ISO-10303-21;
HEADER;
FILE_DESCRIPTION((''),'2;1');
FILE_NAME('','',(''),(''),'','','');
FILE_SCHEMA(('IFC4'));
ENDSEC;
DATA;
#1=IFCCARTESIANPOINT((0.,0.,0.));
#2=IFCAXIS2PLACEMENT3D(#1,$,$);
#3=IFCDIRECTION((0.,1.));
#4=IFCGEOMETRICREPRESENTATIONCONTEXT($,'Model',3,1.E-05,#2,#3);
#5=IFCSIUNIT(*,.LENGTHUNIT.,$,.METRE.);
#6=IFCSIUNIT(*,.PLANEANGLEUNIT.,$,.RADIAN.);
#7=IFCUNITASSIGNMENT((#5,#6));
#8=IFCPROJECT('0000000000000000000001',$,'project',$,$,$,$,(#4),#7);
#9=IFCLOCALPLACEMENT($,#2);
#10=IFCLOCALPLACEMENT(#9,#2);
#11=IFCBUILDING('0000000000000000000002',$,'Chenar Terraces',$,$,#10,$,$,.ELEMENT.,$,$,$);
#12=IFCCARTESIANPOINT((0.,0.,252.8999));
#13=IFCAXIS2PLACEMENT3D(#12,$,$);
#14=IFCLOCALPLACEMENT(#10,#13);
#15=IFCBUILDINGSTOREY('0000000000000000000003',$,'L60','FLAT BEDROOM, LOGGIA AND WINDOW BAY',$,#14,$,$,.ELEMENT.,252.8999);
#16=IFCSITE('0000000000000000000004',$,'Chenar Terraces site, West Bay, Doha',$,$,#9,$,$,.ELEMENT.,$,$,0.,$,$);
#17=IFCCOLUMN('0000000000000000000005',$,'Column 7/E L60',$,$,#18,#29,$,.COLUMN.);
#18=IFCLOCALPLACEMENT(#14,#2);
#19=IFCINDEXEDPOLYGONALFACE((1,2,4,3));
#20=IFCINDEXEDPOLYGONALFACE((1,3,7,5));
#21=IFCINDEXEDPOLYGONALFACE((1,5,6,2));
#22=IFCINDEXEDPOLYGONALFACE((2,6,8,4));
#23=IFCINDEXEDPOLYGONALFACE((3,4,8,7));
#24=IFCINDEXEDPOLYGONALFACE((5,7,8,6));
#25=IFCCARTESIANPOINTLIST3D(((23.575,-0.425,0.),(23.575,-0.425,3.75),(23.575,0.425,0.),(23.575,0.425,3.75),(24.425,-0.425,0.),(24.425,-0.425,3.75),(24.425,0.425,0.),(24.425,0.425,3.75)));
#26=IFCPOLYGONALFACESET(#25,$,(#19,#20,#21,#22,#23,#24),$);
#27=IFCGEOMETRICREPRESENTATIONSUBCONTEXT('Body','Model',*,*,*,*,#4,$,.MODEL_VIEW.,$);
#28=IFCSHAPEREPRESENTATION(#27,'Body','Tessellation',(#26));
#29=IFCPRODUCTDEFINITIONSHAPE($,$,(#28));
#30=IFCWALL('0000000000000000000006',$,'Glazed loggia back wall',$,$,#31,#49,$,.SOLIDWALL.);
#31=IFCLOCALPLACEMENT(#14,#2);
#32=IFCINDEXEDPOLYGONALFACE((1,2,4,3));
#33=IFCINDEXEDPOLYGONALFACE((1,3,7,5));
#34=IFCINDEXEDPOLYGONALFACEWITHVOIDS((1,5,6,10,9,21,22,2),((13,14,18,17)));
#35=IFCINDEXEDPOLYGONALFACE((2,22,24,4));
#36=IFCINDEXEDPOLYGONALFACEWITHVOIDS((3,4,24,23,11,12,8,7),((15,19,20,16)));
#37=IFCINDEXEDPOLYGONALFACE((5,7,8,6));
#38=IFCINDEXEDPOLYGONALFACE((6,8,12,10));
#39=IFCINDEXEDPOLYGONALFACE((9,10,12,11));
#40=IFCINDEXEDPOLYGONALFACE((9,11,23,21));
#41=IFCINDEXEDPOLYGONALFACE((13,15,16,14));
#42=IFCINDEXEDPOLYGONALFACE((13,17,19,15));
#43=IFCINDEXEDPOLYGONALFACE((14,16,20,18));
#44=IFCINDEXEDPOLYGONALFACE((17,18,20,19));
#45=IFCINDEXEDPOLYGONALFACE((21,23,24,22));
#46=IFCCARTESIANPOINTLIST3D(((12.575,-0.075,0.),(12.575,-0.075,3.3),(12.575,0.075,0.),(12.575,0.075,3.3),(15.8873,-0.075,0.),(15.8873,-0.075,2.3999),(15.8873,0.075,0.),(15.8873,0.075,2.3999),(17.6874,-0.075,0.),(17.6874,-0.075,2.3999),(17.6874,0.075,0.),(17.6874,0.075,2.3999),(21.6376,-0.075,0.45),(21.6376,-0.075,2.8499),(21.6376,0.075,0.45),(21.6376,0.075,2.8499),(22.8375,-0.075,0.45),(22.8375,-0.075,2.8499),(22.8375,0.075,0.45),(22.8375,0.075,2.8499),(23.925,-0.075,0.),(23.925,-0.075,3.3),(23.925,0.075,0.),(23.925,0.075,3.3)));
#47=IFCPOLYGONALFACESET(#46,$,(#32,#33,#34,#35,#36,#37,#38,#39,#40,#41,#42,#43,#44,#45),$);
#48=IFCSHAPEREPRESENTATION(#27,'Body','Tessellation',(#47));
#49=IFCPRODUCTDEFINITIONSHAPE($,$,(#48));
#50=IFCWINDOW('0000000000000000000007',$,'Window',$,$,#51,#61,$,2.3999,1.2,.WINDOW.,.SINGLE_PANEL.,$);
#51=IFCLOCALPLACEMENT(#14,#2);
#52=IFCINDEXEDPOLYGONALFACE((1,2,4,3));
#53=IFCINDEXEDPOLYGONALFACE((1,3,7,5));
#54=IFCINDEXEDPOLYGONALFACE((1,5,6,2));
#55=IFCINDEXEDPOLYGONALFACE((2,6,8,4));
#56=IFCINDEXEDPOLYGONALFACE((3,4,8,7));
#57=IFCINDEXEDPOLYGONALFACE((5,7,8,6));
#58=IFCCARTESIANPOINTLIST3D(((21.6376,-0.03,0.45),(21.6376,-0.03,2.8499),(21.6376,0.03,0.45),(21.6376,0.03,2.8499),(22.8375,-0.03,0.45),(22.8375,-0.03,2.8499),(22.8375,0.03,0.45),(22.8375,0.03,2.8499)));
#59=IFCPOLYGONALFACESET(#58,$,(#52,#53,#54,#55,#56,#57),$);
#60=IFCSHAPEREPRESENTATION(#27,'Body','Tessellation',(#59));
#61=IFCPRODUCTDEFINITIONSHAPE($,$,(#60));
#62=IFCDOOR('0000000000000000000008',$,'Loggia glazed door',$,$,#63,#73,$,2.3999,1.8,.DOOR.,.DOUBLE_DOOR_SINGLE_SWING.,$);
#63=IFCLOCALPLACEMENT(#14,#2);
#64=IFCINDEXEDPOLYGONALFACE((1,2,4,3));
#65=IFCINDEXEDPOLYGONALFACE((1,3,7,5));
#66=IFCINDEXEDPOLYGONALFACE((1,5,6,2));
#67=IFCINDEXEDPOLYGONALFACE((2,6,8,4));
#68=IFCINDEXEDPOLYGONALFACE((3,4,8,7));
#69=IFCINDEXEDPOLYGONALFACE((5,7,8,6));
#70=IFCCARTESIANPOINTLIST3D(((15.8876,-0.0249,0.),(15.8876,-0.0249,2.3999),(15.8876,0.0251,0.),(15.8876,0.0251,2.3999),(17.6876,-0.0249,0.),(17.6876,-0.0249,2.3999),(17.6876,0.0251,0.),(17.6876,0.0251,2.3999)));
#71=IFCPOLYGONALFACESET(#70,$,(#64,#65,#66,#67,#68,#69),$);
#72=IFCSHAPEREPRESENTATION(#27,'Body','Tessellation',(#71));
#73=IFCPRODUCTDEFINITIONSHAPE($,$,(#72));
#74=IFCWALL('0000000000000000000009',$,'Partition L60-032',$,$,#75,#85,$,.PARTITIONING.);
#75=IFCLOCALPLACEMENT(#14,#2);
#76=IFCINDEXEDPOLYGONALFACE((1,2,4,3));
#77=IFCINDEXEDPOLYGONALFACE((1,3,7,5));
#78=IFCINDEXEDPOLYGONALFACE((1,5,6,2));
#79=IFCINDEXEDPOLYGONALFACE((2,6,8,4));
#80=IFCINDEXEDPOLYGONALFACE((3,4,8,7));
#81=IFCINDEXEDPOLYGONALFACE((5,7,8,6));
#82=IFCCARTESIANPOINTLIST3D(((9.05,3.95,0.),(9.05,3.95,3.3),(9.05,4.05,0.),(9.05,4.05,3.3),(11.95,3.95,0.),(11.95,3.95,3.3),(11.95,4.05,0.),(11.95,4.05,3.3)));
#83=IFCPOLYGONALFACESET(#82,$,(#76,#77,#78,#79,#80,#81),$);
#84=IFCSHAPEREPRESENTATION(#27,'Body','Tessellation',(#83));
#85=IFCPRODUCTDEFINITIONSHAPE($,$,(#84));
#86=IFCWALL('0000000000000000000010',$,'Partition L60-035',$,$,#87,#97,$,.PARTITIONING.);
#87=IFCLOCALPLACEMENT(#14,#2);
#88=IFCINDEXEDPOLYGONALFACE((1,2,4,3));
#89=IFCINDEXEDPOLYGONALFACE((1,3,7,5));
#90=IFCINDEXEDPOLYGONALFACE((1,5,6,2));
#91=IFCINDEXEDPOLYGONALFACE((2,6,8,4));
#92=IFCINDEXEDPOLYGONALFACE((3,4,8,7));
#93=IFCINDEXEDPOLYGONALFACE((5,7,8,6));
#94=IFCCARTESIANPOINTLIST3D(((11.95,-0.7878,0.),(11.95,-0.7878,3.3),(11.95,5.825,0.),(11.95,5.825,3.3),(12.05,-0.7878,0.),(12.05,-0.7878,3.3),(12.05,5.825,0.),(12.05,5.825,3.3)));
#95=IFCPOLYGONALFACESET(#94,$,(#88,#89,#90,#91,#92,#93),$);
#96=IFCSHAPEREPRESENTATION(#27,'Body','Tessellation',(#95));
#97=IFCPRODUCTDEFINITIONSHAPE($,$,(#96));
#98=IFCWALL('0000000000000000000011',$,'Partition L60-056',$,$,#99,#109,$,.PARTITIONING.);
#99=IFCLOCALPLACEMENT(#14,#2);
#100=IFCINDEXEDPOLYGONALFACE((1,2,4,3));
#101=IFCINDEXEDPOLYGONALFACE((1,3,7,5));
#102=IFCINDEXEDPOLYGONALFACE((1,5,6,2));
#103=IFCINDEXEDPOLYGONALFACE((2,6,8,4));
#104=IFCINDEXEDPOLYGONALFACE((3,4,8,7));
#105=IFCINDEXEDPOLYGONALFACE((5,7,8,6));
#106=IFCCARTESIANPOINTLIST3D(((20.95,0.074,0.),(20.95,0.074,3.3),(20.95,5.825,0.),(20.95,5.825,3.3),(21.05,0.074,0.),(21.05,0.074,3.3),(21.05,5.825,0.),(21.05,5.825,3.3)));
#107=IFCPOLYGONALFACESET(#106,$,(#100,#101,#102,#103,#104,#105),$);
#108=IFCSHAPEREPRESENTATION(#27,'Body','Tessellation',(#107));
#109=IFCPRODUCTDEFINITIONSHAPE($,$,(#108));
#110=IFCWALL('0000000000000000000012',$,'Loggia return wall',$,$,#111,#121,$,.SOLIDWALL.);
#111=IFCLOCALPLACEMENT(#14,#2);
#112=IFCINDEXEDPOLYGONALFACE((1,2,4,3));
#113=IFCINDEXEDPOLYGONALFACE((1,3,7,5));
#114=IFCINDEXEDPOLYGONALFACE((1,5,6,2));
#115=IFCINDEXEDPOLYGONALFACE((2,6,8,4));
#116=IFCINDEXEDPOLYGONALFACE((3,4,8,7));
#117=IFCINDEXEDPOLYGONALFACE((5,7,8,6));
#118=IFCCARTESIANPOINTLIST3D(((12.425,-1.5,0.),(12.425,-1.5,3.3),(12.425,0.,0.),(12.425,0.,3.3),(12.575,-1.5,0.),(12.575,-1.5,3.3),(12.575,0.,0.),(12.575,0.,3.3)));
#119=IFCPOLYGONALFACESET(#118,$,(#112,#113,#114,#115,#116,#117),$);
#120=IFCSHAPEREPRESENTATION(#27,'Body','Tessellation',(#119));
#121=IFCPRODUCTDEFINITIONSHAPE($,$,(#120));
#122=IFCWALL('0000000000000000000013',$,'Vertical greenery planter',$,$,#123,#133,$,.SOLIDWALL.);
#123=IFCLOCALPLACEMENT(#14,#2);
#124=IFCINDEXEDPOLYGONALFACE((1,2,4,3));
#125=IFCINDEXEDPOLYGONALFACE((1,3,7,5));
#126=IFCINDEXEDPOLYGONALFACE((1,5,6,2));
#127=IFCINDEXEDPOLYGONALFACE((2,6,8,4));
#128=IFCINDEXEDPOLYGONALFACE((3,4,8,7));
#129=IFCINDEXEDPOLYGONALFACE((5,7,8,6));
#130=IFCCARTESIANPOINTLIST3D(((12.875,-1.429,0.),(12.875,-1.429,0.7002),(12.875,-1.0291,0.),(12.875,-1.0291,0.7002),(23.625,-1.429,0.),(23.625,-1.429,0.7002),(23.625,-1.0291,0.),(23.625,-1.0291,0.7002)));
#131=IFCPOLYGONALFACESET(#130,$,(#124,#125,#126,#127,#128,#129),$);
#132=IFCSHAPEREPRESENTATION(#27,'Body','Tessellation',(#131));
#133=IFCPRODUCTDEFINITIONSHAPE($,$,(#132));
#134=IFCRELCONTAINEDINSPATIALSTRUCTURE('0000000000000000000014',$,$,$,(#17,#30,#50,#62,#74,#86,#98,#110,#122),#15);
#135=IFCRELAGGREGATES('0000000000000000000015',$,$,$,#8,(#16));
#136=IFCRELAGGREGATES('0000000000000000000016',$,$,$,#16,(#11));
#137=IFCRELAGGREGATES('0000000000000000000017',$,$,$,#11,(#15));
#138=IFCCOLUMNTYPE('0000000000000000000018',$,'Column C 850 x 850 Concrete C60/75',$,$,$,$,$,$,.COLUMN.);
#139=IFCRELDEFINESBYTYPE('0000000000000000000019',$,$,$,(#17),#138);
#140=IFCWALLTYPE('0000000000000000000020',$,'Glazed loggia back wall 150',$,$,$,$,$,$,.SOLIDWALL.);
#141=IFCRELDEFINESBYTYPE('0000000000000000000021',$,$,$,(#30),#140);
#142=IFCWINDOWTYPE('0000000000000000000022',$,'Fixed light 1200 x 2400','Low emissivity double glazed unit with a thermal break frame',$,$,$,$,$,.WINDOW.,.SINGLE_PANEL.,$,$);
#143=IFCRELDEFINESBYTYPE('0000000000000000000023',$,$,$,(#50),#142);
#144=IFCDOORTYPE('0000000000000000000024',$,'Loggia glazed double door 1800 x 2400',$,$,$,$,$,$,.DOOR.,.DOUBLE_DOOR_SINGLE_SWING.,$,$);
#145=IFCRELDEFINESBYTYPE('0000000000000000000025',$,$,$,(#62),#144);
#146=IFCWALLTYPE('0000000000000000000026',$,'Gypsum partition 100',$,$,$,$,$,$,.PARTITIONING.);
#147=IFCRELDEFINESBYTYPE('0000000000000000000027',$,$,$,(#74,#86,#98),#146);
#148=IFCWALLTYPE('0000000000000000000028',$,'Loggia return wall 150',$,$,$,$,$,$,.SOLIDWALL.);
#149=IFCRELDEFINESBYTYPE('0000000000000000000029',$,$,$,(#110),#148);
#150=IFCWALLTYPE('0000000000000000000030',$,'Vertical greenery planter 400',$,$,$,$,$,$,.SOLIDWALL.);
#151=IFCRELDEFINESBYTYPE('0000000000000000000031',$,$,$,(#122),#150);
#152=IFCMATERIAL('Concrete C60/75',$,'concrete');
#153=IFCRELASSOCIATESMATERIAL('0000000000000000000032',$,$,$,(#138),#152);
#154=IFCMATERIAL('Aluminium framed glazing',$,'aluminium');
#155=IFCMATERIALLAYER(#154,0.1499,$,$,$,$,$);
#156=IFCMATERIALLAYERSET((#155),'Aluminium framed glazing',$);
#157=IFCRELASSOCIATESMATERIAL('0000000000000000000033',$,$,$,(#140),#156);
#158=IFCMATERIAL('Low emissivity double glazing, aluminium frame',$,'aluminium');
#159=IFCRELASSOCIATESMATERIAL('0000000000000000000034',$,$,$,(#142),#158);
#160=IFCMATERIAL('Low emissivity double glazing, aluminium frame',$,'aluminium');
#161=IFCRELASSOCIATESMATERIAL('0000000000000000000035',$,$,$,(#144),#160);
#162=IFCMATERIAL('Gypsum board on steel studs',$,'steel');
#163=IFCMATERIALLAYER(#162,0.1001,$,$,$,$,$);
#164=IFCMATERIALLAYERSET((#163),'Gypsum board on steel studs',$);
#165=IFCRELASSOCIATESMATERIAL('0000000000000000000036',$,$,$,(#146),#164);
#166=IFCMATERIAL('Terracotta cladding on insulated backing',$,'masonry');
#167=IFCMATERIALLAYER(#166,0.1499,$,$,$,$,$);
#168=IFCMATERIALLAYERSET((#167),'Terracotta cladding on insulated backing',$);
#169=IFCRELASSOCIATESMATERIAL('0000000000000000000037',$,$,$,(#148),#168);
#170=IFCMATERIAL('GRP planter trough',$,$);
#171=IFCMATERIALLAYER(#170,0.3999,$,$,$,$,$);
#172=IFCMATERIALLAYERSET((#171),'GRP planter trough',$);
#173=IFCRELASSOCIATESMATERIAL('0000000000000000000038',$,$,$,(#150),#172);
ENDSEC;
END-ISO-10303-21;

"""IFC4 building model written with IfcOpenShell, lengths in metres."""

from ifc_helpers import new_model, si_unit, direction, frame, frame_2d, origin, origin_2d, place, context, subcontext, project, spatial, rectangle, extrude, material, layer, layer_set, material_profile, profile_set, type_object, element, fill, save


model = new_model("IFC4")

# Units and contexts
model_context = context("Model", 3, precision=1e-05, world=origin(), true_north=direction((0.0, 1.0)))
body_context = subcontext(model_context, "Body", "Model", "MODEL_VIEW")
ifc_project = project(units=[si_unit("LENGTHUNIT", "METRE"), si_unit("PLANEANGLEUNIT", "RADIAN")], contexts=[model_context])

# Site, building, storey
site_placement = place(None, origin())
site = spatial("IfcSite", under=ifc_project, at=site_placement, Name="Chenar Terraces site, West Bay, Doha", CompositionType="ELEMENT", RefElevation=0.0)
building_placement = place(site_placement, origin())
building = spatial("IfcBuilding", under=site, at=building_placement, Name="Chenar Terraces", CompositionType="ELEMENT")
storey_placement = place(building_placement, frame((0.0, 0.0, 252.8999)))
storey = spatial("IfcBuildingStorey", under=building, at=storey_placement, Name="L60", Description="FLAT BEDROOM, LOGGIA AND WINDOW BAY", CompositionType="ELEMENT", Elevation=252.8999)

# Column
ifc_material_1 = material(Name="Concrete C60/75", Category="concrete")
ifc_material_profile = material_profile(ifc_material_1, rectangle(XDim=0.8501, YDim=0.8501, at=origin_2d()), Name="C 850 x 850")
ifc_profile_set = profile_set([ifc_material_profile], Name="Concrete C60/75")
column_type = type_object("IfcColumnType", Name="Column C 850 x 850 Concrete C60/75", PredefinedType="COLUMN", material=ifc_profile_set)
column_placement = place(storey_placement, frame((24.0, 0.0, 0.0), z_axis=(0.0, 0.0, 1.0), x_axis=(1.0, 0.0, 0.0)))
element("IfcColumn", 1, at=column_placement, inside=storey, type_object=column_type, Name="Column 7/E L60", PredefinedType="COLUMN", context=body_context, shape_type="SweptSolid", body=[
    extrude(rectangle(XDim=0.8501, YDim=0.8501, at=origin_2d()), origin(), (0.0, 0.0, 1.0), 3.75),
])

# Wall, openings, window, door
ifc_material_2 = material(Name="Aluminium framed glazing", Category="aluminium")
ifc_layer_1 = layer(ifc_material_2, 0.1499)
ifc_layer_set_1 = layer_set([ifc_layer_1], Name="Aluminium framed glazing")
wall_type_1 = type_object("IfcWallType", Name="Glazed loggia back wall 150", PredefinedType="SOLIDWALL", material=ifc_layer_set_1)
wall_1_placement = place(storey_placement, frame((12.575, 0.0, 0.0), z_axis=(0.0, 0.0, 1.0), x_axis=(1.0, 0.0, 0.0)))
wall_1 = element("IfcWall", 2, at=wall_1_placement, inside=storey, type_object=wall_type_1, Name="Glazed loggia back wall", PredefinedType="SOLIDWALL", context=body_context, shape_type="SweptSolid", body=[
    extrude(rectangle(XDim=11.3501, YDim=0.1499, at=frame_2d((5.675, 0.0))), origin(), (0.0, 0.0, 1.0), 3.3),
])
opening_1_placement = place(wall_1_placement, frame((3.3125, 0.0, 0.0)))
opening_1 = element("IfcOpeningElement", 3, at=opening_1_placement, cuts=wall_1, PredefinedType="OPENING", context=body_context, shape_type="SweptSolid", body=[
    extrude(rectangle(XDim=1.8, YDim=2.3999, at=frame_2d((0.8999, 1.2))), frame((0.0, 0.085, 0.0), z_axis=(0.0, -1.0, 0.0), x_axis=(1.0, 0.0, 0.0)), (0.0, 0.0, 1.0), 0.1699),
])
opening_2_placement = place(wall_1_placement, frame((9.0625, 0.0, 0.45)))
opening_2 = element("IfcOpeningElement", 4, at=opening_2_placement, cuts=wall_1, PredefinedType="OPENING", context=body_context, shape_type="SweptSolid", body=[
    extrude(rectangle(XDim=1.2, YDim=2.3999, at=frame_2d((0.6001, 1.2))), frame((0.0, 0.085, 0.0), z_axis=(0.0, -1.0, 0.0), x_axis=(1.0, 0.0, 0.0)), (0.0, 0.0, 1.0), 0.1699),
])
ifc_material_3 = material(Name="Low emissivity double glazing, aluminium frame", Category="aluminium")
window_type = type_object("IfcWindowType", Name="Fixed light 1200 x 2400", Description="Low emissivity double glazed unit with a thermal break frame", PartitioningType="SINGLE_PANEL", PredefinedType="WINDOW", material=ifc_material_3)
window_placement = place(opening_2_placement, origin())
window = element("IfcWindow", 5, at=window_placement, inside=storey, type_object=window_type, Name="Window", OverallHeight=2.3999, OverallWidth=1.2, PartitioningType="SINGLE_PANEL", PredefinedType="WINDOW", context=body_context, shape_type="SweptSolid", body=[
    extrude(rectangle(XDim=1.2, YDim=2.3999, at=frame_2d((0.6001, 1.2))), frame((0.0, 0.03, 0.0), z_axis=(0.0, -1.0, 0.0), x_axis=(1.0, 0.0, 0.0)), (0.0, 0.0, 1.0), 0.0601),
])
fill(opening_2, window)
ifc_material_4 = material(Name="Low emissivity double glazing, aluminium frame", Category="aluminium")
door_type = type_object("IfcDoorType", Name="Loggia glazed double door 1800 x 2400", OperationType="DOUBLE_DOOR_SINGLE_SWING", PredefinedType="DOOR", material=ifc_material_4)
door_placement = place(opening_1_placement, frame((1.8, 0.0, 0.0), z_axis=(0.0, 0.0, 1.0), x_axis=(-1.0, 0.0, 0.0)))
door = element("IfcDoor", 6, at=door_placement, inside=storey, type_object=door_type, Name="Loggia glazed door", OperationType="DOUBLE_DOOR_SINGLE_SWING", OverallHeight=2.3999, OverallWidth=1.8, PredefinedType="DOOR", context=body_context, shape_type="SweptSolid", body=[
    extrude(rectangle(XDim=1.8, YDim=2.3999, at=frame_2d((0.8999, 1.2))), frame((0.0, 0.0249, 0.0), z_axis=(0.0, -1.0, 0.0), x_axis=(1.0, 0.0, 0.0)), (0.0, 0.0, 1.0), 0.05),
])
fill(opening_1, door)

# Walls
ifc_material_5 = material(Name="Gypsum board on steel studs", Category="steel")
ifc_layer_2 = layer(ifc_material_5, 0.1001)
ifc_layer_set_2 = layer_set([ifc_layer_2], Name="Gypsum board on steel studs")
wall_type_2 = type_object("IfcWallType", Name="Gypsum partition 100", PredefinedType="PARTITIONING", material=ifc_layer_set_2)
wall_2_placement = place(storey_placement, frame((9.05, 4.0, 0.0), z_axis=(0.0, 0.0, 1.0), x_axis=(1.0, 0.0, 0.0)))
element("IfcWall", 7, at=wall_2_placement, inside=storey, type_object=wall_type_2, Name="Partition L60-032", PredefinedType="PARTITIONING", context=body_context, shape_type="SweptSolid", body=[
    extrude(rectangle(XDim=2.8999, YDim=0.1001, at=frame_2d((1.45, 0.0))), origin(), (0.0, 0.0, 1.0), 3.3),
])
wall_3_placement = place(storey_placement, frame((12.0, -0.7878, 0.0), z_axis=(0.0, 0.0, 1.0), x_axis=(0.0, 1.0, 0.0)))
element("IfcWall", 8, at=wall_3_placement, inside=storey, type_object=wall_type_2, Name="Partition L60-035", PredefinedType="PARTITIONING", context=body_context, shape_type="SweptSolid", body=[
    extrude(rectangle(XDim=6.6128, YDim=0.1001, at=frame_2d((3.3064, 0.0))), origin(), (0.0, 0.0, 1.0), 3.3),
])
wall_4_placement = place(storey_placement, frame((21.0, 0.074, 0.0), z_axis=(0.0, 0.0, 1.0), x_axis=(0.0, 1.0, 0.0)))
element("IfcWall", 9, at=wall_4_placement, inside=storey, type_object=wall_type_2, Name="Partition L60-056", PredefinedType="PARTITIONING", context=body_context, shape_type="SweptSolid", body=[
    extrude(rectangle(XDim=5.751, YDim=0.1001, at=frame_2d((2.8755, 0.0))), origin(), (0.0, 0.0, 1.0), 3.3),
])
ifc_material_6 = material(Name="Terracotta cladding on insulated backing", Category="masonry")
ifc_layer_3 = layer(ifc_material_6, 0.1499)
ifc_layer_set_3 = layer_set([ifc_layer_3], Name="Terracotta cladding on insulated backing")
wall_type_3 = type_object("IfcWallType", Name="Loggia return wall 150", PredefinedType="SOLIDWALL", material=ifc_layer_set_3)
wall_5_placement = place(storey_placement, frame((12.5, -1.5, 0.0), z_axis=(0.0, 0.0, 1.0), x_axis=(0.0, 1.0, 0.0)))
element("IfcWall", 10, at=wall_5_placement, inside=storey, type_object=wall_type_3, Name="Loggia return wall", PredefinedType="SOLIDWALL", context=body_context, shape_type="SweptSolid", body=[
    extrude(rectangle(XDim=1.5, YDim=0.1499, at=frame_2d((0.75, 0.0))), origin(), (0.0, 0.0, 1.0), 3.3),
])
ifc_material_7 = material(Name="GRP planter trough")
ifc_layer_4 = layer(ifc_material_7, 0.3999)
ifc_layer_set_4 = layer_set([ifc_layer_4], Name="GRP planter trough")
wall_type_4 = type_object("IfcWallType", Name="Vertical greenery planter 400", PredefinedType="SOLIDWALL", material=ifc_layer_set_4)
wall_6_placement = place(storey_placement, frame((12.875, -1.229, 0.0), z_axis=(0.0, 0.0, 1.0), x_axis=(1.0, 0.0, 0.0)))
element("IfcWall", 11, at=wall_6_placement, inside=storey, type_object=wall_type_4, Name="Vertical greenery planter", PredefinedType="SOLIDWALL", context=body_context, shape_type="SweptSolid", body=[
    extrude(rectangle(XDim=10.75, YDim=0.3999, at=frame_2d((5.375, 0.0))), origin(), (0.0, 0.0, 1.0), 0.7002),
])

save(model, "model.ifc")
